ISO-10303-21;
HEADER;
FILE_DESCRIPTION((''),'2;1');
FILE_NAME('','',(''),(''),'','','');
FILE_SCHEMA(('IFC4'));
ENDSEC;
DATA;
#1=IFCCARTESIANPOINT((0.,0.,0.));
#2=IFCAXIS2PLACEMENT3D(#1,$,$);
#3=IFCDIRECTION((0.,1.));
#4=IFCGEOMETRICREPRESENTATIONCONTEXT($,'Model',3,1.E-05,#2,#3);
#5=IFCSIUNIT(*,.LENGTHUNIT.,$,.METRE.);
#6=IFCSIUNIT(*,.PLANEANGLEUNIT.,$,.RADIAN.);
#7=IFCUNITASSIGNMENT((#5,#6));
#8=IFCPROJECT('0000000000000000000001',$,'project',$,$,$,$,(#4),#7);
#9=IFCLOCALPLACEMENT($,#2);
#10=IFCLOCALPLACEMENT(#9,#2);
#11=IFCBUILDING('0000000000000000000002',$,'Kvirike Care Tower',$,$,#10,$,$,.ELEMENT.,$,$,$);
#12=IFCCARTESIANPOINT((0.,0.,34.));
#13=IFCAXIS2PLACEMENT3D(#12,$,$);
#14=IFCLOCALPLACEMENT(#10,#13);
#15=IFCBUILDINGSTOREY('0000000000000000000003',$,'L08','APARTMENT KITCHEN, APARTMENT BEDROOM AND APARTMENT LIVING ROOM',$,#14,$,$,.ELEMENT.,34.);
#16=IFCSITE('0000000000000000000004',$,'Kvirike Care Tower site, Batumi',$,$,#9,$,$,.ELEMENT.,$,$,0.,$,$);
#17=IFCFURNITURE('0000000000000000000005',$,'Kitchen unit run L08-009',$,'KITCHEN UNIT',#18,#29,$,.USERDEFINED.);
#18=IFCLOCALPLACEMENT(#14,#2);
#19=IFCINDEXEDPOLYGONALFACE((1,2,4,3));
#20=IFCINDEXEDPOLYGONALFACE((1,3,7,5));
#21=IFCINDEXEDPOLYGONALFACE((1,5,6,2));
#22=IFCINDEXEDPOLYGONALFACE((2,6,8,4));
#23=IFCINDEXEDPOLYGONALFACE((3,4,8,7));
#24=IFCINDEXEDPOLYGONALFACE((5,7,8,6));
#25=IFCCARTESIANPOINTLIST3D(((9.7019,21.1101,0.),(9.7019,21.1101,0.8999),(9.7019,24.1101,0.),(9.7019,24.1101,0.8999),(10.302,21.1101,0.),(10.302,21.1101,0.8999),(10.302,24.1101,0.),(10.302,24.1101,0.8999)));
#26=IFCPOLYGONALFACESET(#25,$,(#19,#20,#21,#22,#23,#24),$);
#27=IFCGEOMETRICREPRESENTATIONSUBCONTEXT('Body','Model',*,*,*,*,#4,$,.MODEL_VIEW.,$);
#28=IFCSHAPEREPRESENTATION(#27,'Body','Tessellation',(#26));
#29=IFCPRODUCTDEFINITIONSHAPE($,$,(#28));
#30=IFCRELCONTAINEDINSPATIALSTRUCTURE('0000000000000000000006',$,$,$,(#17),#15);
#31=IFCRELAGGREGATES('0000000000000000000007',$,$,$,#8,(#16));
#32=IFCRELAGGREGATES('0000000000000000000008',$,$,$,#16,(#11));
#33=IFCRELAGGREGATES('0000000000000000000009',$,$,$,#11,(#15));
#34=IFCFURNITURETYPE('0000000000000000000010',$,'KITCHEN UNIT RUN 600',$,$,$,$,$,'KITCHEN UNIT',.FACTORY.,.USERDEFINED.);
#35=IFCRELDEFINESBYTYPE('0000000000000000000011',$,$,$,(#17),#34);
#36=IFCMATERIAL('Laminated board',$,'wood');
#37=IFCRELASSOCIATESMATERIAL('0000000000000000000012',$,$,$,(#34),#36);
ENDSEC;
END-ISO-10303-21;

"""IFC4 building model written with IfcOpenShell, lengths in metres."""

from ifc_helpers import new_model, si_unit, direction, frame, origin, origin_2d, place, context, subcontext, project, spatial, rectangle, extrude, material, type_object, element, save


model = new_model("IFC4")

# Units and contexts
model_context = context("Model", 3, precision=1e-05, world=origin(), true_north=direction((0.0, 1.0)))
body_context = subcontext(model_context, "Body", "Model", "MODEL_VIEW")
ifc_project = project(units=[si_unit("LENGTHUNIT", "METRE"), si_unit("PLANEANGLEUNIT", "RADIAN")], contexts=[model_context])

# Site, building, storey
site_placement = place(None, origin())
site = spatial("IfcSite", under=ifc_project, at=site_placement, Name="Kvirike Care Tower site, Batumi", CompositionType="ELEMENT", RefElevation=0.0)
building_placement = place(site_placement, origin())
building = spatial("IfcBuilding", under=site, at=building_placement, Name="Kvirike Care Tower", CompositionType="ELEMENT")
storey_placement = place(building_placement, frame((0.0, 0.0, 34.0)))
storey = spatial("IfcBuildingStorey", under=building, at=storey_placement, Name="L08", Description="APARTMENT KITCHEN, APARTMENT BEDROOM AND APARTMENT LIVING ROOM", CompositionType="ELEMENT", Elevation=34.0)

# Furniture
ifc_material_1 = material(Name="Laminated board", Category="wood")
furniture_type = type_object("IfcFurnitureType", Name="KITCHEN UNIT RUN 600", ElementType="KITCHEN UNIT", AssemblyPlace="FACTORY", PredefinedType="USERDEFINED", material=ifc_material_1)
furniture_placement = place(storey_placement, frame((10.002, 22.6101, 0.0), z_axis=(0.0, 0.0, 1.0), x_axis=(0.0, 1.0, 0.0)))
element("IfcFurniture", 1, at=furniture_placement, inside=storey, type_object=furniture_type, Name="Kitchen unit run L08-009", ObjectType="KITCHEN UNIT", PredefinedType="USERDEFINED", context=body_context, shape_type="SweptSolid", body=[
    extrude(rectangle(XDim=3.0, YDim=0.6001, at=origin_2d()), origin(), (0.0, 0.0, 1.0), 0.8999),
])

save(model, "model.ifc")
